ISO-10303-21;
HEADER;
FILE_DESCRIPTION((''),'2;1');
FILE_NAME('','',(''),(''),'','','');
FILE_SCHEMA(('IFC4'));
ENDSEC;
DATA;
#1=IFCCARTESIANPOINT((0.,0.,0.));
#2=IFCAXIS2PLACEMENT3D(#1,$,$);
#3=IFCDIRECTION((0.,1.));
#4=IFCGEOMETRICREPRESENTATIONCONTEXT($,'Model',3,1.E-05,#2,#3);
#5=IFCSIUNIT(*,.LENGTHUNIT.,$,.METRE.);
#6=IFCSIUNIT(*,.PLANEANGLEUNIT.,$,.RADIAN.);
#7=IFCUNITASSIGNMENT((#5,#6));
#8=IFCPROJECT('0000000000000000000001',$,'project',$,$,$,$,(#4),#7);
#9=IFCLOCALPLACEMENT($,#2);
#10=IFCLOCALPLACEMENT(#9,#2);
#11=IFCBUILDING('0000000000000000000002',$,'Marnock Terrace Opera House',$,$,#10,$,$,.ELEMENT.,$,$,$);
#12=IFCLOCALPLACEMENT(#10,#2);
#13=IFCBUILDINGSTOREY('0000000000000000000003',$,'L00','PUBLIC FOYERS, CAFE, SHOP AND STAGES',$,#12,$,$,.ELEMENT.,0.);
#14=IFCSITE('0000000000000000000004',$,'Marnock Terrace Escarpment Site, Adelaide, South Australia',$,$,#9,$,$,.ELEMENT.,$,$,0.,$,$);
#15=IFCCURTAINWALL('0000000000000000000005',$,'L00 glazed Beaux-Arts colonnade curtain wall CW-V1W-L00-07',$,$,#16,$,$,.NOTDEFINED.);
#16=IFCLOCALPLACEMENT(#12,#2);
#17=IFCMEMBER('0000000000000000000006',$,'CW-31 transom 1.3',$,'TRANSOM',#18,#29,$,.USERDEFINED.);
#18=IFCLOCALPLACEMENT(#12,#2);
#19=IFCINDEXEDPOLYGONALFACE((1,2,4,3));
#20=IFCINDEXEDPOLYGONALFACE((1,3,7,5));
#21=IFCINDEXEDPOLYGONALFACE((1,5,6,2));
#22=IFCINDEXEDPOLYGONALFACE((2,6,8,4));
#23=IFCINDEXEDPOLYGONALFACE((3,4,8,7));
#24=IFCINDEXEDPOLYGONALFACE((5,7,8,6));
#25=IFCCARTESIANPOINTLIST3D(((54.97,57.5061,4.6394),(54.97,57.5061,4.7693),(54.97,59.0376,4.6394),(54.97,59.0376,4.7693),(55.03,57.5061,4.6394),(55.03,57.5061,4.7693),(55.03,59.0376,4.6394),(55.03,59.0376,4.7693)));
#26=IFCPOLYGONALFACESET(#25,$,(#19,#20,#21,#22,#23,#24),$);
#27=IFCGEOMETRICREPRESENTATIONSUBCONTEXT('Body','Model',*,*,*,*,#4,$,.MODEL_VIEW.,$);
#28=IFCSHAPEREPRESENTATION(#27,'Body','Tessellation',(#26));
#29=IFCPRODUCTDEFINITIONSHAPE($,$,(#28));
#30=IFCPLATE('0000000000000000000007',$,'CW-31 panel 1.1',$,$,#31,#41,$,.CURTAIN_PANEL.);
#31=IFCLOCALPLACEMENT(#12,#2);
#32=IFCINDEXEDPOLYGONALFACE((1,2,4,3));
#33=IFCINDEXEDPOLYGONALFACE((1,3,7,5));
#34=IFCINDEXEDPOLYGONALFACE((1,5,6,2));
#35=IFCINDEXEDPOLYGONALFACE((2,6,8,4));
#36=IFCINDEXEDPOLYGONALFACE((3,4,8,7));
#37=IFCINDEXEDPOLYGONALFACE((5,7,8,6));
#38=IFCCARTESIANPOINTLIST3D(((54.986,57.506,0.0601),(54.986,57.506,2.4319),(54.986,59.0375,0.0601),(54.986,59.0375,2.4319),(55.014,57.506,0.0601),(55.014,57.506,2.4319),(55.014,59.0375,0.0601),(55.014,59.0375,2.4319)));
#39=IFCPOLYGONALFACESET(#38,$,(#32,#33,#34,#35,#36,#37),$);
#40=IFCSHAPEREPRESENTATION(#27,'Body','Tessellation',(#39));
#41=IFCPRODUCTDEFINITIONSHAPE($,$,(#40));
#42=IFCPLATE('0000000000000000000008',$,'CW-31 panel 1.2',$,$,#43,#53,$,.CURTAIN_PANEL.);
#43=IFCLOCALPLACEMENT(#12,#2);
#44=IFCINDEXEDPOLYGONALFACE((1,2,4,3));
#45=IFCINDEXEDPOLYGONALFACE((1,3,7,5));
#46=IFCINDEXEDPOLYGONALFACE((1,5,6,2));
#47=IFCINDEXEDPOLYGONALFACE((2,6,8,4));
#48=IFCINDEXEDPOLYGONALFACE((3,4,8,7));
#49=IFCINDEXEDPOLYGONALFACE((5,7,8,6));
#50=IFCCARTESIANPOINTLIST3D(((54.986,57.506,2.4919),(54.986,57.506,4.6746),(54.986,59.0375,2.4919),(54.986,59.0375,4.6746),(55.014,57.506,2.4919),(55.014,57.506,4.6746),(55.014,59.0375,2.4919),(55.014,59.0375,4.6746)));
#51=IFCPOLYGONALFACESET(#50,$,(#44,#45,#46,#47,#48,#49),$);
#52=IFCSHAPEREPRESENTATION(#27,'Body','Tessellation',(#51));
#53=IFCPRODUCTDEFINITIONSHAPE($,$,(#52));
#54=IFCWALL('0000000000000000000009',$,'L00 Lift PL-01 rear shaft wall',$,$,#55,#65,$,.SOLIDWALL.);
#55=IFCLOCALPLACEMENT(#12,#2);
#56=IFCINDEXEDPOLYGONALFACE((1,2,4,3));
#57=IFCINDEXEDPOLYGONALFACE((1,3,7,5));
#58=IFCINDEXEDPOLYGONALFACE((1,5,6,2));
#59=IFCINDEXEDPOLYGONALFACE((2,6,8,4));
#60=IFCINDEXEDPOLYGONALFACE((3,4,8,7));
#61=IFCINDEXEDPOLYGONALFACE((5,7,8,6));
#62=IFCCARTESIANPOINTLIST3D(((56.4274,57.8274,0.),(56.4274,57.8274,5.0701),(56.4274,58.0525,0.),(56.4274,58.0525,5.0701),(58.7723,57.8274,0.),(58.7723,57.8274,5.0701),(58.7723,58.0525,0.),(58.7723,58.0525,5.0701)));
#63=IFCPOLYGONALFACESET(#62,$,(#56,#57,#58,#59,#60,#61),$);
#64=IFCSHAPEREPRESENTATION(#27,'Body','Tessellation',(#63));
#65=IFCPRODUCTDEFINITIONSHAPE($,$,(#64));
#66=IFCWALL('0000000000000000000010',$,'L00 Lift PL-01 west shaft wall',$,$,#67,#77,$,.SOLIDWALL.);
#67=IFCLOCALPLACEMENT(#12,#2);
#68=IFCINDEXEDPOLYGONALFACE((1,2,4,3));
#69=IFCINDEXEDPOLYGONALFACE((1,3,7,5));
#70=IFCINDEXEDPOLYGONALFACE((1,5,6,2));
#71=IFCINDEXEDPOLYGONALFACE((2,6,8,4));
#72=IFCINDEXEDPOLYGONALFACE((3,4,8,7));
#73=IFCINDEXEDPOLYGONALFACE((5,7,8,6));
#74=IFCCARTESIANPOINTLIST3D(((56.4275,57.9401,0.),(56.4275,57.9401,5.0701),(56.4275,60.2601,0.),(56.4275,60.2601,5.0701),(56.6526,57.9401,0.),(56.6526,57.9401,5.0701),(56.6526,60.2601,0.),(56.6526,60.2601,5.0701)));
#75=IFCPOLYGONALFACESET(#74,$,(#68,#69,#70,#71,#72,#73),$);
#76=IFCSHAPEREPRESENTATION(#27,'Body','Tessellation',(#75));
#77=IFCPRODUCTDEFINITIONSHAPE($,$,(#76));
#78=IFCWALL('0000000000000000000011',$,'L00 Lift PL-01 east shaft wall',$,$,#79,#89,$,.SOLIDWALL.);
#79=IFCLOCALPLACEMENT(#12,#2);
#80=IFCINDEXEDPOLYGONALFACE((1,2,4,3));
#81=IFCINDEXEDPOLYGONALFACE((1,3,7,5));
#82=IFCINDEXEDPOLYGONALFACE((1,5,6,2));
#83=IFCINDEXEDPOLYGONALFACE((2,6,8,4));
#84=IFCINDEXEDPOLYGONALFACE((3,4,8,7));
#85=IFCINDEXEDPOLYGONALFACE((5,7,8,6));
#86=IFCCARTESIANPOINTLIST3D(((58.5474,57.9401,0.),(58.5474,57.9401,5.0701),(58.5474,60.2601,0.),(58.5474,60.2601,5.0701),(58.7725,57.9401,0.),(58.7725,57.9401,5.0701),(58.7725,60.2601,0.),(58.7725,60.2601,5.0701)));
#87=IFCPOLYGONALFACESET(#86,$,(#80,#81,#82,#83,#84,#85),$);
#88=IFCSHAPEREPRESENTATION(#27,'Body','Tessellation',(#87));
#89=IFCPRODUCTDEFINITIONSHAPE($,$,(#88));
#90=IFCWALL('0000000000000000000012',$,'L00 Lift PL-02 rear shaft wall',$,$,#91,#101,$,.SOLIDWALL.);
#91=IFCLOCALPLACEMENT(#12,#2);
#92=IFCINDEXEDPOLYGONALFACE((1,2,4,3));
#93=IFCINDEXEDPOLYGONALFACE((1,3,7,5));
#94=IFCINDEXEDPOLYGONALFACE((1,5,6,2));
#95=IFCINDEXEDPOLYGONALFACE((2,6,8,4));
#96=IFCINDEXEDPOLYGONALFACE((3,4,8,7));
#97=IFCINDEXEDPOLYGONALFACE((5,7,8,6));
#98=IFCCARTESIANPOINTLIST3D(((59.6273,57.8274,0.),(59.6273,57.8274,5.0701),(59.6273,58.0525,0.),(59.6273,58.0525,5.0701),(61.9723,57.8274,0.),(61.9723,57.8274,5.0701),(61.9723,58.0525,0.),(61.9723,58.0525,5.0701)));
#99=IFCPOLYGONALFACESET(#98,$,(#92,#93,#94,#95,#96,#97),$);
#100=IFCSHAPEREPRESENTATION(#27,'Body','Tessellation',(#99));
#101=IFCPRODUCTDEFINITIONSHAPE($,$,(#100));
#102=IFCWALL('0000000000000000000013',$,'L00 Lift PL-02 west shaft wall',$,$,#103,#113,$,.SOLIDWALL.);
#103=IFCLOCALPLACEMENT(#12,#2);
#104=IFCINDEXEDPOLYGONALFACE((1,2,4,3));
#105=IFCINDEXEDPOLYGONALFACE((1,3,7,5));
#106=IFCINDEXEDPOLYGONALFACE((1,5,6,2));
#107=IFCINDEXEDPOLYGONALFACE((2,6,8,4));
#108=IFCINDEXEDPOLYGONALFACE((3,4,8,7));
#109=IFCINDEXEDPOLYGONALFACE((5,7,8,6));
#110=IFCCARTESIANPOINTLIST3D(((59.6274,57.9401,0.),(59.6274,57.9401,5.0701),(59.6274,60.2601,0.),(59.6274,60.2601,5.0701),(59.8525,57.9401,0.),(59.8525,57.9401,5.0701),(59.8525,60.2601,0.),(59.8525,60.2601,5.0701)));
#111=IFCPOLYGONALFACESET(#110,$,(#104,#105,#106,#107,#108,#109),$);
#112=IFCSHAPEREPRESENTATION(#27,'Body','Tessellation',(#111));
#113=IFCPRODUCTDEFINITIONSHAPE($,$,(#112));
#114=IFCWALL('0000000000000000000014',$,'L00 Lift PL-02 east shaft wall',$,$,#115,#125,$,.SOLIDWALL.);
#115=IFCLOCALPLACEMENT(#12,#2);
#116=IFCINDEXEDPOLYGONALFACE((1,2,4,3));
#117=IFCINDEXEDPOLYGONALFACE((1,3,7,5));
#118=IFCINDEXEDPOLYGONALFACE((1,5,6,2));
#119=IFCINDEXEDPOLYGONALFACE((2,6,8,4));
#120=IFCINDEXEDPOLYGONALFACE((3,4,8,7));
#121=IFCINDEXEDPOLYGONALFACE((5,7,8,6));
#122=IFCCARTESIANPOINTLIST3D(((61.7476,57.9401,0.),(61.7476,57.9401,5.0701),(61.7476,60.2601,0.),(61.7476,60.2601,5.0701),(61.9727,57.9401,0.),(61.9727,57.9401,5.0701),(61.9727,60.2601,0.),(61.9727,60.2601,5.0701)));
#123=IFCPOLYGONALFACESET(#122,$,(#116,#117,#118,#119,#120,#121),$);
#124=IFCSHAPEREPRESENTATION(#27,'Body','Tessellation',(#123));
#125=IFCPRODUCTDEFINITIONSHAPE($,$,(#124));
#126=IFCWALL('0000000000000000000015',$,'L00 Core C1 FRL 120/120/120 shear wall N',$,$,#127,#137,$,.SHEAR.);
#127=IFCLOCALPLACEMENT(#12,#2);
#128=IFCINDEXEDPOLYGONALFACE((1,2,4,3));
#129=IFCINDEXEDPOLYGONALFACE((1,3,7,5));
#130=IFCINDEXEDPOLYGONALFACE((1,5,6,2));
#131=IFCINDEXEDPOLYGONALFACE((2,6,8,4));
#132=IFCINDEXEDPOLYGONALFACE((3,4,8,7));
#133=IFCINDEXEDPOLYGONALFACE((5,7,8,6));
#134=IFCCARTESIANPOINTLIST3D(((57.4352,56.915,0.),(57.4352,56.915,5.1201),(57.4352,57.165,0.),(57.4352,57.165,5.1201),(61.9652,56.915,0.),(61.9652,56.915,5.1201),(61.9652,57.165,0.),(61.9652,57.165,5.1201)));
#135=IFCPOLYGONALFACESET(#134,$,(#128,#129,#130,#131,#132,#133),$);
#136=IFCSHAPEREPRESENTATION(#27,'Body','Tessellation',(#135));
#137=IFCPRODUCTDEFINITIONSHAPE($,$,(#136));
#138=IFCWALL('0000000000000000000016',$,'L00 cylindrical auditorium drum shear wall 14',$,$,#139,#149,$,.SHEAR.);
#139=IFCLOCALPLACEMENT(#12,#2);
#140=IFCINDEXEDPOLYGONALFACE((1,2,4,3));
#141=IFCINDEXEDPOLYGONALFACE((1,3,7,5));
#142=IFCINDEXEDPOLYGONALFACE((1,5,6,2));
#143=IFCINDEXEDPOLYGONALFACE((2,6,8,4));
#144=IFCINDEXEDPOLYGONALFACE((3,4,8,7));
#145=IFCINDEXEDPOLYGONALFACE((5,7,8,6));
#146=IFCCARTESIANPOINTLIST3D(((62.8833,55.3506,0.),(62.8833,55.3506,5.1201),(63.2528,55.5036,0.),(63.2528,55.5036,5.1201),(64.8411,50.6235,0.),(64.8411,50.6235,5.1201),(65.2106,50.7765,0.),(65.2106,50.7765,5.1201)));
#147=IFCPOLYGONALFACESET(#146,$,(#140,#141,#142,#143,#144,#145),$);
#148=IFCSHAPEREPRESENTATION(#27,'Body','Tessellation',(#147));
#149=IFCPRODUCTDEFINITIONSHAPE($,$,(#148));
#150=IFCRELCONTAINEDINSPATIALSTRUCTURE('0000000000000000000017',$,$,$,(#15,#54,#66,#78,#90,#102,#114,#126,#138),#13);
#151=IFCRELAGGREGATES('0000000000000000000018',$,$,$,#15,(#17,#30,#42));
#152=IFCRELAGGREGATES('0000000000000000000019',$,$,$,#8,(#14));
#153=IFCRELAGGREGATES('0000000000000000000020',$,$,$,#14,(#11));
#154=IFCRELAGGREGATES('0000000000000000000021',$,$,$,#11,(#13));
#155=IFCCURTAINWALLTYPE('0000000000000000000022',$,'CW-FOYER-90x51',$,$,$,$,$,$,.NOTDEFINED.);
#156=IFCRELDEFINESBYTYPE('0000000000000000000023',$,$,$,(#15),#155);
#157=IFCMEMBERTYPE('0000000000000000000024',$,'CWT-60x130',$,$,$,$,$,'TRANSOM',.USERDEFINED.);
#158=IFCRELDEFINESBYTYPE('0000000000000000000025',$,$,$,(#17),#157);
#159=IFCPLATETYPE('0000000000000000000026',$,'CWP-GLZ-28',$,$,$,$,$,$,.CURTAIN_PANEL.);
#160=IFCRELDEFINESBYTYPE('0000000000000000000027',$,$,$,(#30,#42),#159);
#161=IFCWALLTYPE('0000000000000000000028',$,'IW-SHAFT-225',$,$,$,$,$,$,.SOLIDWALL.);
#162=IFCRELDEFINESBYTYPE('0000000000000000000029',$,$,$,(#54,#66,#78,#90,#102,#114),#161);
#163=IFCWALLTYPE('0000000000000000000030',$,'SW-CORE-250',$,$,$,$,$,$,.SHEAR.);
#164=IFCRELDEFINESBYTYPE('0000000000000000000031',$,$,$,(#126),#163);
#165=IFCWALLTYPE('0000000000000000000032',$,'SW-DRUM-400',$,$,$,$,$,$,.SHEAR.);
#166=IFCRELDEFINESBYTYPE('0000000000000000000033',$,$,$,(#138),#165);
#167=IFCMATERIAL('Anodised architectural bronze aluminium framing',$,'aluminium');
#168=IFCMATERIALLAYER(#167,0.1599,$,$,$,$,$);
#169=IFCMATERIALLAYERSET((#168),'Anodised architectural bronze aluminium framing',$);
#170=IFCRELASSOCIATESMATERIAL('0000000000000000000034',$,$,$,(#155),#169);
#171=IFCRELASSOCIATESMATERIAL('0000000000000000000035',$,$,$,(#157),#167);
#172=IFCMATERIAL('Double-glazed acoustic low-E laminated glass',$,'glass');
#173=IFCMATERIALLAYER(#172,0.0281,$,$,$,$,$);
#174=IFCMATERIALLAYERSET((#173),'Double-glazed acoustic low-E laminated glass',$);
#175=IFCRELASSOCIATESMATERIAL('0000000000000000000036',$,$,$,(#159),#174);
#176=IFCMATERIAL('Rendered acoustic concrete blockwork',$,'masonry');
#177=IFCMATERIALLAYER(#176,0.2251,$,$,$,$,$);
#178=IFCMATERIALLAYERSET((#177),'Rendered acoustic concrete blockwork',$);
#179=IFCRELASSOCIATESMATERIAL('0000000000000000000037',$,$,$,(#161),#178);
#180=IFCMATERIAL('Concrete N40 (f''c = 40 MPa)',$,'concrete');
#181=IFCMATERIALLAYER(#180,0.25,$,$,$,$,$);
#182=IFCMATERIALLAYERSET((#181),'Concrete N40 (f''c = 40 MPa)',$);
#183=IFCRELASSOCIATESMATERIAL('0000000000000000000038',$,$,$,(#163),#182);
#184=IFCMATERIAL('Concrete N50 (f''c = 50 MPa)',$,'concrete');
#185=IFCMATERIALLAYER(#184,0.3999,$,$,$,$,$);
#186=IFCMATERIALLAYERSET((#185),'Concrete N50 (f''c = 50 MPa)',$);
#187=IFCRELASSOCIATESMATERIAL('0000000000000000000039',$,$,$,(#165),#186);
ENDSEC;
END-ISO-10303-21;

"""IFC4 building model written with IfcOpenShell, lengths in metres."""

from ifc_helpers import new_model, si_unit, direction, frame, frame_2d, origin, origin_2d, place, context, subcontext, project, spatial, rectangle, extrude, material, layer, layer_set, material_profile, profile_set, type_object, element, aggregate, save


model = new_model("IFC4")

# Units and contexts
model_context = context("Model", 3, precision=1e-05, world=origin(), true_north=direction((0.0, 1.0)))
body_context = subcontext(model_context, "Body", "Model", "MODEL_VIEW")
ifc_project = project(units=[si_unit("LENGTHUNIT", "METRE"), si_unit("PLANEANGLEUNIT", "RADIAN")], contexts=[model_context])

# Site, building, storey
site_placement = place(None, origin())
site = spatial("IfcSite", under=ifc_project, at=site_placement, Name="Marnock Terrace Escarpment Site, Adelaide, South Australia", CompositionType="ELEMENT", RefElevation=0.0)
building_placement = place(site_placement, origin())
building = spatial("IfcBuilding", under=site, at=building_placement, Name="Marnock Terrace Opera House", CompositionType="ELEMENT")
storey_placement = place(building_placement, origin())
storey = spatial("IfcBuildingStorey", under=building, at=storey_placement, Name="L00", Description="PUBLIC FOYERS, CAFE, SHOP AND STAGES", CompositionType="ELEMENT", Elevation=0.0)

# Shared definitions
ifc_material_1 = material(Name="Concrete N50 (f'c = 50 MPa)", Category="concrete")

# Shared definitions
ifc_material_2 = material(Name="Concrete N40 (f'c = 40 MPa)", Category="concrete")

# Curtain wall, member, plates
ifc_material_3 = material(Name="Anodised architectural bronze aluminium framing", Category="aluminium")
ifc_layer_1 = layer(ifc_material_3, 0.1599)
ifc_layer_set_1 = layer_set([ifc_layer_1], Name="Anodised architectural bronze aluminium framing")
curtain_wall_type = type_object("IfcCurtainWallType", Name="CW-FOYER-90x51", PredefinedType="NOTDEFINED", material=ifc_layer_set_1)
curtain_wall_placement = place(storey_placement, origin())
curtain_wall = element("IfcCurtainWall", 1, at=curtain_wall_placement, inside=storey, type_object=curtain_wall_type, Name="L00 glazed Beaux-Arts colonnade curtain wall CW-V1W-L00-07", PredefinedType="NOTDEFINED")
ifc_material_profile_1 = material_profile(ifc_material_3, rectangle(XDim=0.0601, YDim=0.1299, at=origin_2d()))
ifc_profile_set_1 = profile_set([ifc_material_profile_1], Name="Anodised architectural bronze aluminium framing")
member_type_1 = type_object("IfcMemberType", Name="CWT-60x130", ElementType="TRANSOM", PredefinedType="USERDEFINED", material=ifc_profile_set_1)
member_1_placement = place(storey_placement, frame((55.0, 57.5061, 4.7043), z_axis=(0.0, 1.0, 0.0), x_axis=(-1.0, 0.0, 0.0)))
member_1 = element("IfcMember", 2, at=member_1_placement, type_object=member_type_1, Name="CW-31 transom 1.3", ObjectType="TRANSOM", PredefinedType="USERDEFINED", context=body_context, shape_type="SweptSolid", body=[
    extrude(rectangle(XDim=0.0601, YDim=0.1299, at=origin_2d()), origin(), (0.0, 0.0, 1.0), 1.5315),
])
ifc_material_4 = material(Name="Double-glazed acoustic low-E laminated glass", Category="glass")
ifc_layer_2 = layer(ifc_material_4, 0.0281)
ifc_layer_set_2 = layer_set([ifc_layer_2], Name="Double-glazed acoustic low-E laminated glass")
plate_type = type_object("IfcPlateType", Name="CWP-GLZ-28", PredefinedType="CURTAIN_PANEL", material=ifc_layer_set_2)
plate_1_placement = place(storey_placement, frame((55.0, 58.2717, 0.0601), z_axis=(0.0, 0.0, 1.0), x_axis=(0.0, 1.0, 0.0)))
plate_1 = element("IfcPlate", 3, at=plate_1_placement, type_object=plate_type, Name="CW-31 panel 1.1", PredefinedType="CURTAIN_PANEL", context=body_context, shape_type="SweptSolid", body=[
    extrude(rectangle(XDim=1.5315, YDim=0.0281, at=origin_2d()), origin(), (0.0, 0.0, 1.0), 2.3718),
])
plate_2_placement = place(storey_placement, frame((55.0, 58.2717, 2.4919), z_axis=(0.0, 0.0, 1.0), x_axis=(0.0, 1.0, 0.0)))
plate_2 = element("IfcPlate", 4, at=plate_2_placement, type_object=plate_type, Name="CW-31 panel 1.2", PredefinedType="CURTAIN_PANEL", context=body_context, shape_type="SweptSolid", body=[
    extrude(rectangle(XDim=1.5315, YDim=0.0281, at=origin_2d()), origin(), (0.0, 0.0, 1.0), 2.1826),
])
aggregate(curtain_wall, [member_1, plate_1, plate_2])

# Walls
ifc_material_5 = material(Name="Rendered acoustic concrete blockwork", Category="masonry")
ifc_layer_3 = layer(ifc_material_5, 0.2251)
ifc_layer_set_3 = layer_set([ifc_layer_3], Name="Rendered acoustic concrete blockwork")
wall_type_1 = type_object("IfcWallType", Name="IW-SHAFT-225", PredefinedType="SOLIDWALL", material=ifc_layer_set_3)
wall_1_placement = place(storey_placement, frame((56.4275, 57.9399, 0.0), z_axis=(0.0, 0.0, 1.0), x_axis=(1.0, 0.0, 0.0)))
element("IfcWall", 5, at=wall_1_placement, inside=storey, type_object=wall_type_1, Name="L00 Lift PL-01 rear shaft wall", PredefinedType="SOLIDWALL", context=body_context, shape_type="SweptSolid", body=[
    extrude(rectangle(XDim=2.345, YDim=0.2251, at=frame_2d((1.1724, 0.0))), origin(), (0.0, 0.0, 1.0), 5.0701),
])
for number, where, z_axis, x_axis, name in (
    (6, (56.54, 57.9399, 0.0), (0.0, 0.0, 1.0), (0.0, 1.0, 0.0), "L00 Lift PL-01 west shaft wall"),
    (7, (58.6599, 57.9399, 0.0), (0.0, 0.0, 1.0), (0.0, 1.0, 0.0), "L00 Lift PL-01 east shaft wall"),
):
    element("IfcWall", number, at=place(storey_placement, frame(where, z_axis=z_axis, x_axis=x_axis)), inside=storey, type_object=wall_type_1, Name=name, PredefinedType="SOLIDWALL", context=body_context, shape_type="SweptSolid", body=[
        extrude(rectangle(XDim=2.3201, YDim=0.2251, at=frame_2d((1.1602, 0.0))), origin(), (0.0, 0.0, 1.0), 5.0701),
    ])
wall_2_placement = place(storey_placement, frame((59.6274, 57.9399, 0.0), z_axis=(0.0, 0.0, 1.0), x_axis=(1.0, 0.0, 0.0)))
element("IfcWall", 8, at=wall_2_placement, inside=storey, type_object=wall_type_1, Name="L00 Lift PL-02 rear shaft wall", PredefinedType="SOLIDWALL", context=body_context, shape_type="SweptSolid", body=[
    extrude(rectangle(XDim=2.345, YDim=0.2251, at=frame_2d((1.1724, 0.0))), origin(), (0.0, 0.0, 1.0), 5.0701),
])
for number, where, z_axis, x_axis, name in (
    (9, (59.74, 57.9399, 0.0), (0.0, 0.0, 1.0), (0.0, 1.0, 0.0), "L00 Lift PL-02 west shaft wall"),
    (10, (61.8601, 57.9399, 0.0), (0.0, 0.0, 1.0), (0.0, 1.0, 0.0), "L00 Lift PL-02 east shaft wall"),
):
    element("IfcWall", number, at=place(storey_placement, frame(where, z_axis=z_axis, x_axis=x_axis)), inside=storey, type_object=wall_type_1, Name=name, PredefinedType="SOLIDWALL", context=body_context, shape_type="SweptSolid", body=[
        extrude(rectangle(XDim=2.3201, YDim=0.2251, at=frame_2d((1.1602, 0.0))), origin(), (0.0, 0.0, 1.0), 5.0701),
    ])
ifc_layer_4 = layer(ifc_material_2, 0.25)
ifc_layer_set_4 = layer_set([ifc_layer_4], Name="Concrete N40 (f'c = 40 MPa)")
wall_type_2 = type_object("IfcWallType", Name="SW-CORE-250", PredefinedType="SHEAR", material=ifc_layer_set_4)
wall_3_placement = place(storey_placement, frame((57.4351, 57.04, 0.0), z_axis=(0.0, 0.0, 1.0), x_axis=(1.0, 0.0, 0.0)))
element("IfcWall", 11, at=wall_3_placement, inside=storey, type_object=wall_type_2, Name="L00 Core C1 FRL 120/120/120 shear wall N", PredefinedType="SHEAR", context=body_context, shape_type="SweptSolid", body=[
    extrude(rectangle(XDim=4.53, YDim=0.25, at=frame_2d((2.2651, 0.0))), origin(), (0.0, 0.0, 1.0), 5.1201),
])
ifc_layer_5 = layer(ifc_material_1, 0.3999)
ifc_layer_set_5 = layer_set([ifc_layer_5], Name="Concrete N50 (f'c = 50 MPa)")
wall_type_3 = type_object("IfcWallType", Name="SW-DRUM-400", PredefinedType="SHEAR", material=ifc_layer_set_5)
wall_4_placement = place(storey_placement, frame((63.0681, 55.427, 0.0), z_axis=(0.0, 0.0, 1.0), x_axis=(0.382643, -0.923896, 0.0)))
element("IfcWall", 12, at=wall_4_placement, inside=storey, type_object=wall_type_3, Name="L00 cylindrical auditorium drum shear wall 14", PredefinedType="SHEAR", context=body_context, shape_type="SweptSolid", body=[
    extrude(rectangle(XDim=5.1165, YDim=0.3999, at=frame_2d((2.5581, 0.0))), origin(), (0.0, 0.0, 1.0), 5.1201),
])

save(model, "model.ifc")
